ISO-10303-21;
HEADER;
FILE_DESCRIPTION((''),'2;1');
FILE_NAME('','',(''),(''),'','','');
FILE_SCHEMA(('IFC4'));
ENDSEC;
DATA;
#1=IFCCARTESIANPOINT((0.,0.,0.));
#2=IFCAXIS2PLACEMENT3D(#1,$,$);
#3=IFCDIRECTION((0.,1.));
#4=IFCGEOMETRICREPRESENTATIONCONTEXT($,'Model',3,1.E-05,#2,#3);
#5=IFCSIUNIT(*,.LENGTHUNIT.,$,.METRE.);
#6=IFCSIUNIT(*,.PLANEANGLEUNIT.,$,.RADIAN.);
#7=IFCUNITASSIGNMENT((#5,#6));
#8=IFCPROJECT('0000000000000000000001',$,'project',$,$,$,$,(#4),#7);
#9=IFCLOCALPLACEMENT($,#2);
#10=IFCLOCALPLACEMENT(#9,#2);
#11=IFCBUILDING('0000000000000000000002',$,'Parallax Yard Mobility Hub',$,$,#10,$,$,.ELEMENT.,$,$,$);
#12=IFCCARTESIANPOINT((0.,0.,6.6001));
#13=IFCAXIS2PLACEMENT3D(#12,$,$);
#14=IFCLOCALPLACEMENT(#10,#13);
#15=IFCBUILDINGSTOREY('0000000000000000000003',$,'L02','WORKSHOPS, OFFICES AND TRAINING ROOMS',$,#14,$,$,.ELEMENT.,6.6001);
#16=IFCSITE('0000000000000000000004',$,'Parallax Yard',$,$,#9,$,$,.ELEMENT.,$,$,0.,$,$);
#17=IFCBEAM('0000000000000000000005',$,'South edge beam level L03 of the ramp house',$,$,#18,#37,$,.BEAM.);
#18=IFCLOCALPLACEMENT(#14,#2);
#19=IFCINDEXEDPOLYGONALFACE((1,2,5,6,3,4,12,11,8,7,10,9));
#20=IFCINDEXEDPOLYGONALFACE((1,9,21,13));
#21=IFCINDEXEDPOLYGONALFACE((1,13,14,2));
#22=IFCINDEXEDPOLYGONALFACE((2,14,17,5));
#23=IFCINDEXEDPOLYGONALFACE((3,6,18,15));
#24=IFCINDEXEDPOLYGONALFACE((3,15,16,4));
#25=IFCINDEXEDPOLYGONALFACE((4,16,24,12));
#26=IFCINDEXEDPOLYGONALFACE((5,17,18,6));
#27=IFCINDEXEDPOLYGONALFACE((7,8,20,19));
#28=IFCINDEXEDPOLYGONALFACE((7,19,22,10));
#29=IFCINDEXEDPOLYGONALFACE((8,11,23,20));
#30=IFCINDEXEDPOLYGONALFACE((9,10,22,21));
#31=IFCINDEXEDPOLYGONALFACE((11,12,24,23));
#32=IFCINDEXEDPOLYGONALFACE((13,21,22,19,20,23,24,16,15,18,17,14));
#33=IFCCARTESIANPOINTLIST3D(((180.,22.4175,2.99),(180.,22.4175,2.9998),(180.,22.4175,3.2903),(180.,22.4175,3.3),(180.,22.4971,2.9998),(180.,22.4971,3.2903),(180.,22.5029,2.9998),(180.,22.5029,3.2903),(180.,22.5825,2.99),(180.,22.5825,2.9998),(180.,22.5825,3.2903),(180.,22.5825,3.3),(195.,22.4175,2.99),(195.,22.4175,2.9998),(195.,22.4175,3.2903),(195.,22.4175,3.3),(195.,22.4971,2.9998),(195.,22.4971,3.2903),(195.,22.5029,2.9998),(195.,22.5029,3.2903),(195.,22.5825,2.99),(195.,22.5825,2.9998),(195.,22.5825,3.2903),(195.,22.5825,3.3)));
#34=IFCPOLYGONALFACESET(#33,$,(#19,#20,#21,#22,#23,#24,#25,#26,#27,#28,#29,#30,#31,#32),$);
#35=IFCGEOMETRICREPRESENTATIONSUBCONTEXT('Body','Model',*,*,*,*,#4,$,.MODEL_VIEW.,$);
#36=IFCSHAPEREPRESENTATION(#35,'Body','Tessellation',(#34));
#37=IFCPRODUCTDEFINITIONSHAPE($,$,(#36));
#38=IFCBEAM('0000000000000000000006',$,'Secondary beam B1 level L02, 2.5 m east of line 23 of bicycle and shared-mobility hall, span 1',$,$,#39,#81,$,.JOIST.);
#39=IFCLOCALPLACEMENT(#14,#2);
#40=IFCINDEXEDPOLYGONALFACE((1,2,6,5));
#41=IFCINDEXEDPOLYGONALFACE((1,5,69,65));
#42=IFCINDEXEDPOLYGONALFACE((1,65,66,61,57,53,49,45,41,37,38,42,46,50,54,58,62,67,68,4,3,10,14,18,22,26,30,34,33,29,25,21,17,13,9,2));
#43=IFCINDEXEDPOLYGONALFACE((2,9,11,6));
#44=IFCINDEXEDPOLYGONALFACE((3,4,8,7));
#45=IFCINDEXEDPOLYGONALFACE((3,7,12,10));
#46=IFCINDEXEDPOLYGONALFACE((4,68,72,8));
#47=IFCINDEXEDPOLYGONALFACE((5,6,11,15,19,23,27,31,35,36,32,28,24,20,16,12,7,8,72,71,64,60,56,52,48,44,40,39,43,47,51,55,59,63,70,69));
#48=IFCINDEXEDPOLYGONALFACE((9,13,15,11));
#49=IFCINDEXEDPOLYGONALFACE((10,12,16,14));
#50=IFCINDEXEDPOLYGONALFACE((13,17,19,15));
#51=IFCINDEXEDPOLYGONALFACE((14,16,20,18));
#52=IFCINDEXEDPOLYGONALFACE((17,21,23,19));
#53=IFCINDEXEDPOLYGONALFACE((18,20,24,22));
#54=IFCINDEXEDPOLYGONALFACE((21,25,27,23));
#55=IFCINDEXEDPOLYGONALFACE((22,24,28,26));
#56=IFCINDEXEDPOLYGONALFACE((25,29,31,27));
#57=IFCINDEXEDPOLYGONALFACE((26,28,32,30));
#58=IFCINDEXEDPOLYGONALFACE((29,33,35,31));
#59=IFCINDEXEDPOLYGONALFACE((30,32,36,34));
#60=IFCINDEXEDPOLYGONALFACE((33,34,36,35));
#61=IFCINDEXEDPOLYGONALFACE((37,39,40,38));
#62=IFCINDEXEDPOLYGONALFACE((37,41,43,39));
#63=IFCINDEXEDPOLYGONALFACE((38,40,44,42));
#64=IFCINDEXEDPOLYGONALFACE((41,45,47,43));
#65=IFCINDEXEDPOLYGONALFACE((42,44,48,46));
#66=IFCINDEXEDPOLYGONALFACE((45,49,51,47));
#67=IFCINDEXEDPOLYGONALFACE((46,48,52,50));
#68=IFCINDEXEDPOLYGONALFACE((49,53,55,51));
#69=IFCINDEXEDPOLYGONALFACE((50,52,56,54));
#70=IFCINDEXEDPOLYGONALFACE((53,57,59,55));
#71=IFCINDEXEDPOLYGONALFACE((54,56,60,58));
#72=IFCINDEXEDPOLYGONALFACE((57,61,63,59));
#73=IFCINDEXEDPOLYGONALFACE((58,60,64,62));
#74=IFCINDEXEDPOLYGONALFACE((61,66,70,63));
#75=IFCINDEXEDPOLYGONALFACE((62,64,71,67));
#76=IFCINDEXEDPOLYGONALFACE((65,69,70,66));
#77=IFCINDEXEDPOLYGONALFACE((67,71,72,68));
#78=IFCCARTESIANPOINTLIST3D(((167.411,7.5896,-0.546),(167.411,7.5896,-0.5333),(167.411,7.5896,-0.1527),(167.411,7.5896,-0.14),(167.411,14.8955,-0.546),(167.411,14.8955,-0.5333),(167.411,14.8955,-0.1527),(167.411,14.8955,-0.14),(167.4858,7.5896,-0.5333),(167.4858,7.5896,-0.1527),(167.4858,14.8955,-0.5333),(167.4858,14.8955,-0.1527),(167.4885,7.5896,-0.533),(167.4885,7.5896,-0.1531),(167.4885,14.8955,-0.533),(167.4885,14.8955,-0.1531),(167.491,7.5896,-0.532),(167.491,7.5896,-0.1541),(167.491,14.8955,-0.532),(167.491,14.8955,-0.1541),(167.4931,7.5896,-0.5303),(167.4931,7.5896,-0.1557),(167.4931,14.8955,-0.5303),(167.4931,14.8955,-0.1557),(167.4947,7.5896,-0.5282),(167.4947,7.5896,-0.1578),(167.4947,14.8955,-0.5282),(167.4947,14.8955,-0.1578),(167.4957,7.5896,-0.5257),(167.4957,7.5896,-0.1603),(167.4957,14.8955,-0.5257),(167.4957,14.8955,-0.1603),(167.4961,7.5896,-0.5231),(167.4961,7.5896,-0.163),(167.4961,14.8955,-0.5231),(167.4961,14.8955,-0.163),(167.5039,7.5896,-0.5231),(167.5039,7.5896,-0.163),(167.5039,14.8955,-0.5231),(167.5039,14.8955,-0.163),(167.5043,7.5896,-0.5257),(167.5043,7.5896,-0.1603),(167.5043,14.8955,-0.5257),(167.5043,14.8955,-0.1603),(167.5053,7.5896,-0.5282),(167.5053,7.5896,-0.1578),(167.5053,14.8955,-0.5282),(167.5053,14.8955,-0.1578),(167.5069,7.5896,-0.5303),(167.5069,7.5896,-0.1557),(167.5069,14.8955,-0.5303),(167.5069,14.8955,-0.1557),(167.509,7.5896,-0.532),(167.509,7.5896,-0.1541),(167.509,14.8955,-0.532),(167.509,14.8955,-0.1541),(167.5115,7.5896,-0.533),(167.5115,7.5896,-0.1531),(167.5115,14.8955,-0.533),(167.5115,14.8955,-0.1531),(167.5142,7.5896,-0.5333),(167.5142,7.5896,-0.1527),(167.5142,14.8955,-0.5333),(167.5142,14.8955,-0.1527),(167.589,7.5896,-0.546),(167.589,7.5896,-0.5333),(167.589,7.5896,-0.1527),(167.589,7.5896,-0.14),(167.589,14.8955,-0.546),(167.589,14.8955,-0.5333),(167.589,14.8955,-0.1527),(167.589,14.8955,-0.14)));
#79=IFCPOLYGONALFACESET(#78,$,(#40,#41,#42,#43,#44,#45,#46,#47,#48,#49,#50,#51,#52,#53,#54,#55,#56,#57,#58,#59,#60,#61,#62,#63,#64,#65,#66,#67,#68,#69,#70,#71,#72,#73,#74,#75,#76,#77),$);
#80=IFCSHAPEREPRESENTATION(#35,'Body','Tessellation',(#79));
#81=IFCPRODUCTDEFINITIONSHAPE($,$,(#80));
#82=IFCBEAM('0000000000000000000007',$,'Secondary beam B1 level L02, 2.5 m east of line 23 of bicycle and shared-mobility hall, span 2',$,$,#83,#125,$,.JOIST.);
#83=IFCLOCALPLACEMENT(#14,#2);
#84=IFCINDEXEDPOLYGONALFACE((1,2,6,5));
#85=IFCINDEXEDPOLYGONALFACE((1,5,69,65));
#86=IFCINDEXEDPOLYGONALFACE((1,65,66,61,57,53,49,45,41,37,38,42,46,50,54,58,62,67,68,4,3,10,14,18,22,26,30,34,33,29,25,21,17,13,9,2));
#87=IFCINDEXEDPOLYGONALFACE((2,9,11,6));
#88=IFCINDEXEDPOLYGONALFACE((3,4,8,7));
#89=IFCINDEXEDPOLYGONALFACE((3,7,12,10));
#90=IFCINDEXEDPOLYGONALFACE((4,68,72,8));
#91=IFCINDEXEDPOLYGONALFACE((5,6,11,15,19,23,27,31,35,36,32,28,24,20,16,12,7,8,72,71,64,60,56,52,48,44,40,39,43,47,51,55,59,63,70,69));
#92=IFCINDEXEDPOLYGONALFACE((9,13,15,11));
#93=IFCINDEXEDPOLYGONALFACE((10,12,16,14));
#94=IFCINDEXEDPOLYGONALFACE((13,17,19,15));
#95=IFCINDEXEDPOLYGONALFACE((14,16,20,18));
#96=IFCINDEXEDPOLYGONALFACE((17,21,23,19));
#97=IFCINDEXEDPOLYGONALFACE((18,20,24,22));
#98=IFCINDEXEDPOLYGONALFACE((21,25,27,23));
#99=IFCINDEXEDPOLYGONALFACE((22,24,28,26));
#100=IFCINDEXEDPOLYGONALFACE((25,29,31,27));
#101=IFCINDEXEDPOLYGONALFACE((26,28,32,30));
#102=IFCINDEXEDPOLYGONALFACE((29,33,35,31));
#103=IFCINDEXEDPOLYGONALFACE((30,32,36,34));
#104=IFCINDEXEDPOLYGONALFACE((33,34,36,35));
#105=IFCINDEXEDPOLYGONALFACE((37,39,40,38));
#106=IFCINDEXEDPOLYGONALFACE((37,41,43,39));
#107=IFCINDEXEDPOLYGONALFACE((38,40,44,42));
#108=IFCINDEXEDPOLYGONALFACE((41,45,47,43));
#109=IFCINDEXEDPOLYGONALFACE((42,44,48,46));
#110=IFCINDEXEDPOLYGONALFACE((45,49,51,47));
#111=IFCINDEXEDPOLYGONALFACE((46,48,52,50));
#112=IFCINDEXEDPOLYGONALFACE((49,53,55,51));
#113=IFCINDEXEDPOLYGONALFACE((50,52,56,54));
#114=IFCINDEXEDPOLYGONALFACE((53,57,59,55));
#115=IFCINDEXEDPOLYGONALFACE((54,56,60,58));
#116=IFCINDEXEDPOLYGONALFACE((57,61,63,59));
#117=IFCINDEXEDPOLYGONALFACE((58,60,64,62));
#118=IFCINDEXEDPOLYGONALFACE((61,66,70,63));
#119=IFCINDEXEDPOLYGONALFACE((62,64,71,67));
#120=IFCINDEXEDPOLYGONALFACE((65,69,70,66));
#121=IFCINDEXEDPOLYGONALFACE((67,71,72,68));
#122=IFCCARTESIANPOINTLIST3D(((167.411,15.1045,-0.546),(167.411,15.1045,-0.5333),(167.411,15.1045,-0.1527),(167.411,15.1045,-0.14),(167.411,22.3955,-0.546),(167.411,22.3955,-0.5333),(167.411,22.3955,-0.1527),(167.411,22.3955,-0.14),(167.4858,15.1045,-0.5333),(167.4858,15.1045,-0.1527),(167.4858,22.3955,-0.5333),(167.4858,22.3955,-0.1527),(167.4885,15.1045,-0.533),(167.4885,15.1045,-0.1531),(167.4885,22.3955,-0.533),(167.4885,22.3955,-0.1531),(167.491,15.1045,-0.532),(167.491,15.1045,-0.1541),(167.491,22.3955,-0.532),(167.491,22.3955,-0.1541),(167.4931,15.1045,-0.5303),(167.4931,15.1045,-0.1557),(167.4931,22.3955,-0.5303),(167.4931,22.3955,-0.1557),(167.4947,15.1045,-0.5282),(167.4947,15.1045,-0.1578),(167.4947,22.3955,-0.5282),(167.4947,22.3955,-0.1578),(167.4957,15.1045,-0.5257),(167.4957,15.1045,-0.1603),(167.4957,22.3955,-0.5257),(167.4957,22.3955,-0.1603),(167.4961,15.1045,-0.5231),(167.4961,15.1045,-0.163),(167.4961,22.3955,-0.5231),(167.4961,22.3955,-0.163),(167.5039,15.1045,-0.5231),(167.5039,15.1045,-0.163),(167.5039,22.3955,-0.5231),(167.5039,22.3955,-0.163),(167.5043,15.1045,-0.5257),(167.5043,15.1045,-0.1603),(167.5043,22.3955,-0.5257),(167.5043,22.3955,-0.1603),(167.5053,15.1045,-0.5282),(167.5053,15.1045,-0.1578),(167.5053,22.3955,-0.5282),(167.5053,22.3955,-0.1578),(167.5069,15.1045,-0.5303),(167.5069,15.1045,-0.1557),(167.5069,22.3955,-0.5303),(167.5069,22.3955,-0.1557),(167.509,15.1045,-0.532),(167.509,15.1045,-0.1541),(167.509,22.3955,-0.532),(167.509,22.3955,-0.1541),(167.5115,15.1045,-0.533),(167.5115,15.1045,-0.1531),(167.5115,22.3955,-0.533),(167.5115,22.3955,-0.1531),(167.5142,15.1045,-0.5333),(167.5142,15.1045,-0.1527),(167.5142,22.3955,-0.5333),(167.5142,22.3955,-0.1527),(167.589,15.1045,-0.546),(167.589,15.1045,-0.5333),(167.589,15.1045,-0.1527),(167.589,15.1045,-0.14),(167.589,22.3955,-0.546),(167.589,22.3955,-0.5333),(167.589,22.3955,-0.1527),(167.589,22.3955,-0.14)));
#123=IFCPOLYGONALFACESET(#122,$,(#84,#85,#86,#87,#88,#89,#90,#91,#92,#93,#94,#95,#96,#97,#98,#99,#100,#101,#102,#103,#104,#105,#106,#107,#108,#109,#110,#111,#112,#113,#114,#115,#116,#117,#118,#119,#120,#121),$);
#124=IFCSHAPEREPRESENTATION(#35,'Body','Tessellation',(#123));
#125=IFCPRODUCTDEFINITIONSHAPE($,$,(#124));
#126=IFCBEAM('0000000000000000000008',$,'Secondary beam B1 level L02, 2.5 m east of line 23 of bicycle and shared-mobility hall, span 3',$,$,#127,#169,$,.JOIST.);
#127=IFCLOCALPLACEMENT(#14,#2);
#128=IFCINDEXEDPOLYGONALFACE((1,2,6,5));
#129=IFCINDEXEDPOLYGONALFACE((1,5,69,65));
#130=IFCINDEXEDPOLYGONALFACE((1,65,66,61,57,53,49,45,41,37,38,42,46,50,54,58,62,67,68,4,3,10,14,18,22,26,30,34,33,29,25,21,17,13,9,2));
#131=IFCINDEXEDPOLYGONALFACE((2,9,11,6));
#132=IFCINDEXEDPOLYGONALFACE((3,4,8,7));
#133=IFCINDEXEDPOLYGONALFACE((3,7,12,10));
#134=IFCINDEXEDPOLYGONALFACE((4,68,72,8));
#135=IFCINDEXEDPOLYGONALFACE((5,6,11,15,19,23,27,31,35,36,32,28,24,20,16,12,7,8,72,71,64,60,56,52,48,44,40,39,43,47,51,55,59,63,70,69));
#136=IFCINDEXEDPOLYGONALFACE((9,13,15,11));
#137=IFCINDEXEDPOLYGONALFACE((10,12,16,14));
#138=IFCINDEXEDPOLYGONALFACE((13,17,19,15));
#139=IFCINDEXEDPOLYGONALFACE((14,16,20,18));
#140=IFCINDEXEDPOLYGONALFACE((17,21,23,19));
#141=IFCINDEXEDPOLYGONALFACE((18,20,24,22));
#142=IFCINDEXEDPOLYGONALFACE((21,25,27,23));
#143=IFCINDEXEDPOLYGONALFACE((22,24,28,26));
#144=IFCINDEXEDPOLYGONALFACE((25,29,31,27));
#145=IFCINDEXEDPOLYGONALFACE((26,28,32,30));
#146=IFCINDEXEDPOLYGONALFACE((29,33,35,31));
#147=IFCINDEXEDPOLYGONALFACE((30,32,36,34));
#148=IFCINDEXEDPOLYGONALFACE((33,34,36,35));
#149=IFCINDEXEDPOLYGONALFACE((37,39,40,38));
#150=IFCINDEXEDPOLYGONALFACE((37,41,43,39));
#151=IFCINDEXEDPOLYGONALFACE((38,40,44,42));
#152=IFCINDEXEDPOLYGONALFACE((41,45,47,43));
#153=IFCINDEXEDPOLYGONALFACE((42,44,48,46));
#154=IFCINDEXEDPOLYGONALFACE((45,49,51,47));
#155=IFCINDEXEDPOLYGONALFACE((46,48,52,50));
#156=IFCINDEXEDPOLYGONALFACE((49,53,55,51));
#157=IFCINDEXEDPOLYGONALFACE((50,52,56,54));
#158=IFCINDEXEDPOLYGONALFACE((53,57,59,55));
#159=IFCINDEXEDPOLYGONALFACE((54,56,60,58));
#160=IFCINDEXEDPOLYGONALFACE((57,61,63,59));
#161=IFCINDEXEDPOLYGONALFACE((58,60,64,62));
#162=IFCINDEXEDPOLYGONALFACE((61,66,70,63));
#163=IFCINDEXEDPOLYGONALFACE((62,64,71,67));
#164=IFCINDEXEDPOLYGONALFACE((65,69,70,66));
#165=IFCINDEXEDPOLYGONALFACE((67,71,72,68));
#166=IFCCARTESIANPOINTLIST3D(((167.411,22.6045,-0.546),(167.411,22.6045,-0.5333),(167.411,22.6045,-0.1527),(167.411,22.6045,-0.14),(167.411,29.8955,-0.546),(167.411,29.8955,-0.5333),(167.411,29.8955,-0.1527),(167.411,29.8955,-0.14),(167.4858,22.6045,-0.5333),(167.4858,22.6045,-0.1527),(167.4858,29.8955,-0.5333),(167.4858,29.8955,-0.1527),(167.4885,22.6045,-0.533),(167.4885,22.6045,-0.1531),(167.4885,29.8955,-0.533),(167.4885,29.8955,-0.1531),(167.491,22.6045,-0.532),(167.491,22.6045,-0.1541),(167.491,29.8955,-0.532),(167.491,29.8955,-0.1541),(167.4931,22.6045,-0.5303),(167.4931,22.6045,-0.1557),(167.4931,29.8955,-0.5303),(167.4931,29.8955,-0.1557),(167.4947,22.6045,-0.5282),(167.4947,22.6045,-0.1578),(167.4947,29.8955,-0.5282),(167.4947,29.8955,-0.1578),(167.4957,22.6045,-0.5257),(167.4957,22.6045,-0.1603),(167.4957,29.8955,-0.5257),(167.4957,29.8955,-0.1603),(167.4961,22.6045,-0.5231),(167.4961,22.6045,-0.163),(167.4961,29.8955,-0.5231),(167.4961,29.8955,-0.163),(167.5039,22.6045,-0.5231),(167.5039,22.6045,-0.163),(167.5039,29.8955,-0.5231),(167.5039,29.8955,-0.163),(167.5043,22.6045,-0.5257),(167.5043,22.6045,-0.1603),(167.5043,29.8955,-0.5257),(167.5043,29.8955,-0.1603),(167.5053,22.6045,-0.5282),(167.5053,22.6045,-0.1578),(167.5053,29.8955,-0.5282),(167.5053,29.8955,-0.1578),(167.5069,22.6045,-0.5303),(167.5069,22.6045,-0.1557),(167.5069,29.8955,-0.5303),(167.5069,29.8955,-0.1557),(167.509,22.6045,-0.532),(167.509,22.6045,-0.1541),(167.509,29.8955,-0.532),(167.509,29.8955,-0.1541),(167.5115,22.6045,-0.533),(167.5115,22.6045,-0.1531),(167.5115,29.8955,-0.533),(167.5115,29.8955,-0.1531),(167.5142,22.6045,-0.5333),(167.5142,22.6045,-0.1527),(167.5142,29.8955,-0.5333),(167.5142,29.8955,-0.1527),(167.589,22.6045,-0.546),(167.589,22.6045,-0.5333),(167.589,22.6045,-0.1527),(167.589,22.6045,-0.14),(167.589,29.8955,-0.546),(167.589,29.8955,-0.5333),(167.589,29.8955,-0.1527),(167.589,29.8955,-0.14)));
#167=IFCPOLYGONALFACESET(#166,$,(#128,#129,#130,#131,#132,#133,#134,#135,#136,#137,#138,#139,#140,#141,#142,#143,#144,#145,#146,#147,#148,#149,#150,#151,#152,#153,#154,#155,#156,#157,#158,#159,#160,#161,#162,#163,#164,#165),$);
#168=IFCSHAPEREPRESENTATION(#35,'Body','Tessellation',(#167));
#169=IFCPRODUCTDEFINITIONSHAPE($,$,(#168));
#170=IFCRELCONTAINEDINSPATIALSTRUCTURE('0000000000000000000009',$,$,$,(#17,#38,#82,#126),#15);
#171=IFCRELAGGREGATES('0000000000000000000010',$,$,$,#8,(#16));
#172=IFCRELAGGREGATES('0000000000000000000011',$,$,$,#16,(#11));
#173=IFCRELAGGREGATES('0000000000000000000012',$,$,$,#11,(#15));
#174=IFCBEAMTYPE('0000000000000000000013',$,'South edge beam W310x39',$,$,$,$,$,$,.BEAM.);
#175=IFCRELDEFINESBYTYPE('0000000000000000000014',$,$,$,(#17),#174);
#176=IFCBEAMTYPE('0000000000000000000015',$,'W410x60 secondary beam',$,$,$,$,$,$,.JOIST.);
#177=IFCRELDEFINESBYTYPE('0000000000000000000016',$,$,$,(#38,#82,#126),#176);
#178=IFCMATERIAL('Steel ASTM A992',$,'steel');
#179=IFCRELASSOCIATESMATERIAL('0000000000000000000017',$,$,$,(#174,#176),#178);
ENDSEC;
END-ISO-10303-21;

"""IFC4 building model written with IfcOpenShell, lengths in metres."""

from ifc_helpers import new_model, si_unit, direction, frame, origin, origin_2d, place, context, subcontext, project, spatial, i_section, extrude, material, material_profile, profile_set, type_object, element, save


model = new_model("IFC4")

# Units and contexts
model_context = context("Model", 3, precision=1e-05, world=origin(), true_north=direction((0.0, 1.0)))
body_context = subcontext(model_context, "Body", "Model", "MODEL_VIEW")
ifc_project = project(units=[si_unit("LENGTHUNIT", "METRE"), si_unit("PLANEANGLEUNIT", "RADIAN")], contexts=[model_context])

# Site, building, storey
site_placement = place(None, origin())
site = spatial("IfcSite", under=ifc_project, at=site_placement, Name="Parallax Yard", CompositionType="ELEMENT", RefElevation=0.0)
building_placement = place(site_placement, origin())
building = spatial("IfcBuilding", under=site, at=building_placement, Name="Parallax Yard Mobility Hub", CompositionType="ELEMENT")
storey_placement = place(building_placement, frame((0.0, 0.0, 6.6001)))
storey = spatial("IfcBuildingStorey", under=building, at=storey_placement, Name="L02", Description="WORKSHOPS, OFFICES AND TRAINING ROOMS", CompositionType="ELEMENT", Elevation=6.6001)

# Shared definitions
ifc_material_1 = material(Name="Steel ASTM A992", Category="steel")

# Beams
ifc_material_profile_1 = material_profile(ifc_material_1, i_section(OverallWidth=0.165, OverallDepth=0.3101, WebThickness=0.0059, FlangeThickness=0.0098, at=origin_2d()), Name="W310x39")
ifc_profile_set_1 = profile_set([ifc_material_profile_1], Name="Steel ASTM A992")
beam_type_1 = type_object("IfcBeamType", Name="South edge beam W310x39", PredefinedType="BEAM", material=ifc_profile_set_1)
beam_1_placement = place(storey_placement, frame((180.0, 22.5, 3.145), z_axis=(1.0, 0.0, 0.0), x_axis=(0.0, 1.0, 0.0)))
element("IfcBeam", 1, at=beam_1_placement, inside=storey, type_object=beam_type_1, Name="South edge beam level L03 of the ramp house", PredefinedType="BEAM", context=body_context, shape_type="SweptSolid", body=[
    extrude(i_section(OverallWidth=0.165, OverallDepth=0.3101, WebThickness=0.0059, FlangeThickness=0.0098, at=origin_2d()), origin(), (0.0, 0.0, 1.0), 15.0),
])
ifc_material_profile_2 = material_profile(ifc_material_1, i_section(OverallWidth=0.178, OverallDepth=0.406, WebThickness=0.0078, FlangeThickness=0.0127, FilletRadius=0.0103, at=origin_2d()), Name="W410x60")
ifc_profile_set_2 = profile_set([ifc_material_profile_2], Name="Steel ASTM A992")
beam_type_2 = type_object("IfcBeamType", Name="W410x60 secondary beam", PredefinedType="JOIST", material=ifc_profile_set_2)
beam_2_placement = place(storey_placement, frame((167.5, 7.5896, -0.343), z_axis=(0.0, 1.0, 0.0), x_axis=(-1.0, 0.0, 0.0)))
element("IfcBeam", 2, at=beam_2_placement, inside=storey, type_object=beam_type_2, Name="Secondary beam B1 level L02, 2.5 m east of line 23 of bicycle and shared-mobility hall, span 1", PredefinedType="JOIST", context=body_context, shape_type="SweptSolid", body=[
    extrude(i_section(OverallWidth=0.178, OverallDepth=0.406, WebThickness=0.0078, FlangeThickness=0.0127, FilletRadius=0.0103, at=origin_2d()), origin(), (0.0, 0.0, 1.0), 7.3059),
])
for number, where, z_axis, x_axis, name in (
    (3, (167.5, 15.1045, -0.343), (0.0, 1.0, 0.0), (-1.0, 0.0, 0.0), "Secondary beam B1 level L02, 2.5 m east of line 23 of bicycle and shared-mobility hall, span 2"),
    (4, (167.5, 22.6045, -0.343), (0.0, 1.0, 0.0), (-1.0, 0.0, 0.0), "Secondary beam B1 level L02, 2.5 m east of line 23 of bicycle and shared-mobility hall, span 3"),
):
    element("IfcBeam", number, at=place(storey_placement, frame(where, z_axis=z_axis, x_axis=x_axis)), inside=storey, type_object=beam_type_2, Name=name, PredefinedType="JOIST", context=body_context, shape_type="SweptSolid", body=[
        extrude(i_section(OverallWidth=0.178, OverallDepth=0.406, WebThickness=0.0078, FlangeThickness=0.0127, FilletRadius=0.0103, at=origin_2d()), origin(), (0.0, 0.0, 1.0), 7.291),
    ])

save(model, "model.ifc")
